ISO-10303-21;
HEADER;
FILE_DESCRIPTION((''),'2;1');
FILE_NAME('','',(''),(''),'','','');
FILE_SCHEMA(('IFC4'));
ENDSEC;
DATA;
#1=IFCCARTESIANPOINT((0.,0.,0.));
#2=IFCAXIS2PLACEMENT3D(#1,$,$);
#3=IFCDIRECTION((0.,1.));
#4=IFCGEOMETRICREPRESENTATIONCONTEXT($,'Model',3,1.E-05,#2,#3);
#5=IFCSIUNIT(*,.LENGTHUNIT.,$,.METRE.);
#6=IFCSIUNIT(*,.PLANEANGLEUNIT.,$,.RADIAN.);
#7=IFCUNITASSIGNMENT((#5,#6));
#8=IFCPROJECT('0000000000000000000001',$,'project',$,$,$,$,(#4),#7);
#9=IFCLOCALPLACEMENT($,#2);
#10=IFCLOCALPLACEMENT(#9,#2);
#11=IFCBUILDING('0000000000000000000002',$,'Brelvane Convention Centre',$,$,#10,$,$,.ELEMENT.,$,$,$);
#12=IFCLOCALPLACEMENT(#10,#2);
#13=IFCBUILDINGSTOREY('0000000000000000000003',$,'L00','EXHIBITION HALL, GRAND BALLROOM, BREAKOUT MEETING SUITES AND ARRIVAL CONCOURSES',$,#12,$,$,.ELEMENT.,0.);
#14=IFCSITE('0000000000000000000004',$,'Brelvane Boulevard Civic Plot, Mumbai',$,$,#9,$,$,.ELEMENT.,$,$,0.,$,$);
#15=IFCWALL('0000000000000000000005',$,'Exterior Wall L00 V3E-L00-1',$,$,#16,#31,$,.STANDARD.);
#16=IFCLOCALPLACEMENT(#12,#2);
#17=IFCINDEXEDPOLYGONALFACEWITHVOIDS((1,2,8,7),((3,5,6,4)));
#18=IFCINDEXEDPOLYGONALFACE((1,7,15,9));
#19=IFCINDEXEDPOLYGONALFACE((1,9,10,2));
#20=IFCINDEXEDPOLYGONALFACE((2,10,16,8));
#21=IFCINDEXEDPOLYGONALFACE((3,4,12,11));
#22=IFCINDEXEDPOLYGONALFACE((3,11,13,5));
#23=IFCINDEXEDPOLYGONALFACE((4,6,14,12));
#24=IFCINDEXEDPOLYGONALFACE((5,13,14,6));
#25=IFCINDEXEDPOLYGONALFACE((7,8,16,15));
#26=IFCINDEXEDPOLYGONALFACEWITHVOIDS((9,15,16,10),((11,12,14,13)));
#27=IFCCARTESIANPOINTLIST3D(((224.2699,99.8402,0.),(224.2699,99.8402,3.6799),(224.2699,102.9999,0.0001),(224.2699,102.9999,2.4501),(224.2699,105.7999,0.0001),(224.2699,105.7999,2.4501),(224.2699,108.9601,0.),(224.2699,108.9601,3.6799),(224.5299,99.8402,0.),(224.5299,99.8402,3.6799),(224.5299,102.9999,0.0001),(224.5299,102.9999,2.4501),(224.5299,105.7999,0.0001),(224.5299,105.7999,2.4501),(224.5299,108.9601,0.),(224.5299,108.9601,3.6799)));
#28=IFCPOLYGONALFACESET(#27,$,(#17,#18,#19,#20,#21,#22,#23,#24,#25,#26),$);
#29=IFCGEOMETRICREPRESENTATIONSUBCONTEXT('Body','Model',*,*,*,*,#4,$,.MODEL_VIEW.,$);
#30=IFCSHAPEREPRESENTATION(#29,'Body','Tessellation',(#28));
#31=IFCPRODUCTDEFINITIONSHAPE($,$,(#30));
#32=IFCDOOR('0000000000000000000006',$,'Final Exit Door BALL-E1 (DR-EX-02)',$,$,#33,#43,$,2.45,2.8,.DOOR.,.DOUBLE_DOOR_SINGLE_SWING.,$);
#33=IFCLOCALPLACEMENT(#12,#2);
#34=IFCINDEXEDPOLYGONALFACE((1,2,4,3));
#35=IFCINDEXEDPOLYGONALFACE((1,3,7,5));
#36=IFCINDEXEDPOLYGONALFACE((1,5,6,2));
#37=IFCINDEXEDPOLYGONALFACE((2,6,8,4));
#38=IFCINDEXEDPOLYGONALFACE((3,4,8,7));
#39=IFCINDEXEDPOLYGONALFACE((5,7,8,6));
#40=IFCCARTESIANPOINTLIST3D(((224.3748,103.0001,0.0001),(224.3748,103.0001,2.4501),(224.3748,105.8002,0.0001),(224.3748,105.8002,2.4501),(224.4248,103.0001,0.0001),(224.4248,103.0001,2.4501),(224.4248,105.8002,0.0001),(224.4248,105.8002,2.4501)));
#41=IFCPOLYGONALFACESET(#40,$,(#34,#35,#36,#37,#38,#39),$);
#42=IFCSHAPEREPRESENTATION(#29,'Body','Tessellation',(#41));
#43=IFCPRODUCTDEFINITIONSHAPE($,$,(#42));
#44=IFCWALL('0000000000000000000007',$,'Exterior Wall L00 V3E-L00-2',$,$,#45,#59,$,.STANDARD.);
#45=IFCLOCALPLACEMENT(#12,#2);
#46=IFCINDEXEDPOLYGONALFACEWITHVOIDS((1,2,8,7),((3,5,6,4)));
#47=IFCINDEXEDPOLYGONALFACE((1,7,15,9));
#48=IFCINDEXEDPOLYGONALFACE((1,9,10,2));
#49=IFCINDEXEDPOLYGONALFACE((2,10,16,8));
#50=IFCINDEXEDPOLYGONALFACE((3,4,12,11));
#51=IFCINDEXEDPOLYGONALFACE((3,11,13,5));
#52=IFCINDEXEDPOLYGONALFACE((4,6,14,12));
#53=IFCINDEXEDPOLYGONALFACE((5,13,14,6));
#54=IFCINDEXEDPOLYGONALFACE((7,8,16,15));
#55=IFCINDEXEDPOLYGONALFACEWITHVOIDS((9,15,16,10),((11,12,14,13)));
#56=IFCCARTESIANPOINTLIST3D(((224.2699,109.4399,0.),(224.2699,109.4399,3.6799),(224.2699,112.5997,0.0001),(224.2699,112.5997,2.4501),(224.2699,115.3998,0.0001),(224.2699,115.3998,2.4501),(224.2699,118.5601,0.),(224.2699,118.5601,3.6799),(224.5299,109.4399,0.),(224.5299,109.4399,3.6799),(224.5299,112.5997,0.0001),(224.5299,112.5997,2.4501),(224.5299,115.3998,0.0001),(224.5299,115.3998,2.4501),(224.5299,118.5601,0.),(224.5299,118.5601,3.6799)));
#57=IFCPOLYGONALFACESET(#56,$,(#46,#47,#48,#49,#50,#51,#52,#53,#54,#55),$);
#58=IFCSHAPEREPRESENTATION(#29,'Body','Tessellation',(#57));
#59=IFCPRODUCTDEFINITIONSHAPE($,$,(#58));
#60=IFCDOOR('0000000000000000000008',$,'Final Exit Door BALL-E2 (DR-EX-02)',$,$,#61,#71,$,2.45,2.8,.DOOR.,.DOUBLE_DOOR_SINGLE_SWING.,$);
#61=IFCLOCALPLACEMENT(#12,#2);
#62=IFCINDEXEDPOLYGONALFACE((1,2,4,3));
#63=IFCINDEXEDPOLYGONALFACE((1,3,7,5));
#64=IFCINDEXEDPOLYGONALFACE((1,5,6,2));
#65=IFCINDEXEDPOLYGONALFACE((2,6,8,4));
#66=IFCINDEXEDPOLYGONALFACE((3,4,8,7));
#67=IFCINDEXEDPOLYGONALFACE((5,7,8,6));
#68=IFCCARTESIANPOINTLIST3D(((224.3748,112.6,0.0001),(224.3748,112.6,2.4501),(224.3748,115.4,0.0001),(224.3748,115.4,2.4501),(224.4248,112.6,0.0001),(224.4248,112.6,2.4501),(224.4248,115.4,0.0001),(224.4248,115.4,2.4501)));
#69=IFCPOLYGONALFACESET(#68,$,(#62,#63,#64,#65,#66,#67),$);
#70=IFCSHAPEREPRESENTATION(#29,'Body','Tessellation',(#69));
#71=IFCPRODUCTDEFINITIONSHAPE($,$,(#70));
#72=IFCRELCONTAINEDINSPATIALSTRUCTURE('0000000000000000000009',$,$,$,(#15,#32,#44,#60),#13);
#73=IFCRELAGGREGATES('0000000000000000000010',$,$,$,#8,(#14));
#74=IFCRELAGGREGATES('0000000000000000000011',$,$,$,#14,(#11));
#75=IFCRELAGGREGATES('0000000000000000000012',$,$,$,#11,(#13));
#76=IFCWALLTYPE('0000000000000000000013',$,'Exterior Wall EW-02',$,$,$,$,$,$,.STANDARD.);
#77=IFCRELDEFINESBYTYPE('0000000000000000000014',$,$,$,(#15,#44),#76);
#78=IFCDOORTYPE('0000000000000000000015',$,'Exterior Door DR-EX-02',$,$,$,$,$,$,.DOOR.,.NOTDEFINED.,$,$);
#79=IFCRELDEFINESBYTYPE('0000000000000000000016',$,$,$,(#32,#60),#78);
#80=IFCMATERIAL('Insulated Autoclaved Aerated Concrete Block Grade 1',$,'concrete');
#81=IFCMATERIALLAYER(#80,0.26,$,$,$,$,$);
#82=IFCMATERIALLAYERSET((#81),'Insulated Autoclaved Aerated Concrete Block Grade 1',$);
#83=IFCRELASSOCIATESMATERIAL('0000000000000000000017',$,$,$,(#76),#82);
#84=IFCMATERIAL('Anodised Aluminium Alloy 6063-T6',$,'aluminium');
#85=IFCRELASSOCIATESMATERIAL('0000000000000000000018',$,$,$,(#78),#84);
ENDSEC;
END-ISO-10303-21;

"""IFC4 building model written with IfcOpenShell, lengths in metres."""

from ifc_helpers import new_model, si_unit, direction, frame, frame_2d, origin, place, context, subcontext, project, spatial, rectangle, extrude, material, layer, layer_set, type_object, element, fill, save


model = new_model("IFC4")

# Units and contexts
model_context = context("Model", 3, precision=1e-05, world=origin(), true_north=direction((0.0, 1.0)))
body_context = subcontext(model_context, "Body", "Model", "MODEL_VIEW")
ifc_project = project(units=[si_unit("LENGTHUNIT", "METRE"), si_unit("PLANEANGLEUNIT", "RADIAN")], contexts=[model_context])

# Site, building, storey
site_placement = place(None, origin())
site = spatial("IfcSite", under=ifc_project, at=site_placement, Name="Brelvane Boulevard Civic Plot, Mumbai", CompositionType="ELEMENT", RefElevation=0.0)
building_placement = place(site_placement, origin())
building = spatial("IfcBuilding", under=site, at=building_placement, Name="Brelvane Convention Centre", CompositionType="ELEMENT")
storey_placement = place(building_placement, origin())
storey = spatial("IfcBuildingStorey", under=building, at=storey_placement, Name="L00", Description="EXHIBITION HALL, GRAND BALLROOM, BREAKOUT MEETING SUITES AND ARRIVAL CONCOURSES", CompositionType="ELEMENT", Elevation=0.0)

# Walls, openings, doors
ifc_material_1 = material(Name="Insulated Autoclaved Aerated Concrete Block Grade 1", Category="concrete")
ifc_layer = layer(ifc_material_1, 0.26)
ifc_layer_set = layer_set([ifc_layer], Name="Insulated Autoclaved Aerated Concrete Block Grade 1")
wall_type = type_object("IfcWallType", Name="Exterior Wall EW-02", PredefinedType="STANDARD", material=ifc_layer_set)
wall_1_placement = place(storey_placement, frame((224.3999, 99.8401, 0.0), z_axis=(0.0, 0.0, 1.0), x_axis=(0.0, 1.0, 0.0)))
wall_1 = element("IfcWall", 1, at=wall_1_placement, inside=storey, type_object=wall_type, Name="Exterior Wall L00 V3E-L00-1", PredefinedType="STANDARD", context=body_context, shape_type="SweptSolid", body=[
    extrude(rectangle(XDim=9.1199, YDim=0.26, at=frame_2d((4.5601, 0.0))), origin(), (0.0, 0.0, 1.0), 3.6799),
])
opening_1_placement = place(wall_1_placement, frame((3.1599, 0.0, 0.0)))
opening_1 = element("IfcOpeningElement", 2, at=opening_1_placement, cuts=wall_1, PredefinedType="OPENING", context=body_context, shape_type="SweptSolid", body=[
    extrude(rectangle(XDim=2.8, YDim=2.45, at=frame_2d((1.3999, 1.2251))), frame((0.0, 0.1399, 0.0), z_axis=(0.0, -1.0, 0.0), x_axis=(1.0, 0.0, 0.0)), (0.0, 0.0, 1.0), 0.28),
])
ifc_material_2 = material(Name="Anodised Aluminium Alloy 6063-T6", Category="aluminium")
door_type = type_object("IfcDoorType", Name="Exterior Door DR-EX-02", OperationType="NOTDEFINED", PredefinedType="DOOR", material=ifc_material_2)
door_1_placement = place(opening_1_placement, frame((2.8, 0.0, 0.0), z_axis=(0.0, 0.0, 1.0), x_axis=(-1.0, 0.0, 0.0)))
door_1 = element("IfcDoor", 3, at=door_1_placement, inside=storey, type_object=door_type, Name="Final Exit Door BALL-E1 (DR-EX-02)", OperationType="DOUBLE_DOOR_SINGLE_SWING", OverallHeight=2.45, OverallWidth=2.8, PredefinedType="DOOR", context=body_context, shape_type="SweptSolid", body=[
    extrude(rectangle(XDim=2.8, YDim=2.45, at=frame_2d((1.3999, 1.2251))), frame((0.0, 0.0249, 0.0), z_axis=(0.0, -1.0, 0.0), x_axis=(1.0, 0.0, 0.0)), (0.0, 0.0, 1.0), 0.05),
])
fill(opening_1, door_1)
wall_2_placement = place(storey_placement, frame((224.3999, 109.4399, 0.0), z_axis=(0.0, 0.0, 1.0), x_axis=(0.0, 1.0, 0.0)))
wall_2 = element("IfcWall", 4, at=wall_2_placement, inside=storey, type_object=wall_type, Name="Exterior Wall L00 V3E-L00-2", PredefinedType="STANDARD", context=body_context, shape_type="SweptSolid", body=[
    extrude(rectangle(XDim=9.1201, YDim=0.26, at=frame_2d((4.5601, 0.0))), origin(), (0.0, 0.0, 1.0), 3.6799),
])
opening_2_placement = place(wall_2_placement, frame((3.1599, 0.0, 0.0)))
opening_2 = element("IfcOpeningElement", 5, at=opening_2_placement, cuts=wall_2, PredefinedType="OPENING", context=body_context, shape_type="SweptSolid", body=[
    extrude(rectangle(XDim=2.8, YDim=2.45, at=frame_2d((1.3999, 1.2251))), frame((0.0, 0.1399, 0.0), z_axis=(0.0, -1.0, 0.0), x_axis=(1.0, 0.0, 0.0)), (0.0, 0.0, 1.0), 0.28),
])
door_2_placement = place(opening_2_placement, frame((2.8, 0.0, 0.0), z_axis=(0.0, 0.0, 1.0), x_axis=(-1.0, 0.0, 0.0)))
door_2 = element("IfcDoor", 6, at=door_2_placement, inside=storey, type_object=door_type, Name="Final Exit Door BALL-E2 (DR-EX-02)", OperationType="DOUBLE_DOOR_SINGLE_SWING", OverallHeight=2.45, OverallWidth=2.8, PredefinedType="DOOR", context=body_context, shape_type="SweptSolid", body=[
    extrude(rectangle(XDim=2.8, YDim=2.45, at=frame_2d((1.3999, 1.2251))), frame((0.0, 0.0249, 0.0), z_axis=(0.0, -1.0, 0.0), x_axis=(1.0, 0.0, 0.0)), (0.0, 0.0, 1.0), 0.05),
])
fill(opening_2, door_2)

save(model, "model.ifc")
